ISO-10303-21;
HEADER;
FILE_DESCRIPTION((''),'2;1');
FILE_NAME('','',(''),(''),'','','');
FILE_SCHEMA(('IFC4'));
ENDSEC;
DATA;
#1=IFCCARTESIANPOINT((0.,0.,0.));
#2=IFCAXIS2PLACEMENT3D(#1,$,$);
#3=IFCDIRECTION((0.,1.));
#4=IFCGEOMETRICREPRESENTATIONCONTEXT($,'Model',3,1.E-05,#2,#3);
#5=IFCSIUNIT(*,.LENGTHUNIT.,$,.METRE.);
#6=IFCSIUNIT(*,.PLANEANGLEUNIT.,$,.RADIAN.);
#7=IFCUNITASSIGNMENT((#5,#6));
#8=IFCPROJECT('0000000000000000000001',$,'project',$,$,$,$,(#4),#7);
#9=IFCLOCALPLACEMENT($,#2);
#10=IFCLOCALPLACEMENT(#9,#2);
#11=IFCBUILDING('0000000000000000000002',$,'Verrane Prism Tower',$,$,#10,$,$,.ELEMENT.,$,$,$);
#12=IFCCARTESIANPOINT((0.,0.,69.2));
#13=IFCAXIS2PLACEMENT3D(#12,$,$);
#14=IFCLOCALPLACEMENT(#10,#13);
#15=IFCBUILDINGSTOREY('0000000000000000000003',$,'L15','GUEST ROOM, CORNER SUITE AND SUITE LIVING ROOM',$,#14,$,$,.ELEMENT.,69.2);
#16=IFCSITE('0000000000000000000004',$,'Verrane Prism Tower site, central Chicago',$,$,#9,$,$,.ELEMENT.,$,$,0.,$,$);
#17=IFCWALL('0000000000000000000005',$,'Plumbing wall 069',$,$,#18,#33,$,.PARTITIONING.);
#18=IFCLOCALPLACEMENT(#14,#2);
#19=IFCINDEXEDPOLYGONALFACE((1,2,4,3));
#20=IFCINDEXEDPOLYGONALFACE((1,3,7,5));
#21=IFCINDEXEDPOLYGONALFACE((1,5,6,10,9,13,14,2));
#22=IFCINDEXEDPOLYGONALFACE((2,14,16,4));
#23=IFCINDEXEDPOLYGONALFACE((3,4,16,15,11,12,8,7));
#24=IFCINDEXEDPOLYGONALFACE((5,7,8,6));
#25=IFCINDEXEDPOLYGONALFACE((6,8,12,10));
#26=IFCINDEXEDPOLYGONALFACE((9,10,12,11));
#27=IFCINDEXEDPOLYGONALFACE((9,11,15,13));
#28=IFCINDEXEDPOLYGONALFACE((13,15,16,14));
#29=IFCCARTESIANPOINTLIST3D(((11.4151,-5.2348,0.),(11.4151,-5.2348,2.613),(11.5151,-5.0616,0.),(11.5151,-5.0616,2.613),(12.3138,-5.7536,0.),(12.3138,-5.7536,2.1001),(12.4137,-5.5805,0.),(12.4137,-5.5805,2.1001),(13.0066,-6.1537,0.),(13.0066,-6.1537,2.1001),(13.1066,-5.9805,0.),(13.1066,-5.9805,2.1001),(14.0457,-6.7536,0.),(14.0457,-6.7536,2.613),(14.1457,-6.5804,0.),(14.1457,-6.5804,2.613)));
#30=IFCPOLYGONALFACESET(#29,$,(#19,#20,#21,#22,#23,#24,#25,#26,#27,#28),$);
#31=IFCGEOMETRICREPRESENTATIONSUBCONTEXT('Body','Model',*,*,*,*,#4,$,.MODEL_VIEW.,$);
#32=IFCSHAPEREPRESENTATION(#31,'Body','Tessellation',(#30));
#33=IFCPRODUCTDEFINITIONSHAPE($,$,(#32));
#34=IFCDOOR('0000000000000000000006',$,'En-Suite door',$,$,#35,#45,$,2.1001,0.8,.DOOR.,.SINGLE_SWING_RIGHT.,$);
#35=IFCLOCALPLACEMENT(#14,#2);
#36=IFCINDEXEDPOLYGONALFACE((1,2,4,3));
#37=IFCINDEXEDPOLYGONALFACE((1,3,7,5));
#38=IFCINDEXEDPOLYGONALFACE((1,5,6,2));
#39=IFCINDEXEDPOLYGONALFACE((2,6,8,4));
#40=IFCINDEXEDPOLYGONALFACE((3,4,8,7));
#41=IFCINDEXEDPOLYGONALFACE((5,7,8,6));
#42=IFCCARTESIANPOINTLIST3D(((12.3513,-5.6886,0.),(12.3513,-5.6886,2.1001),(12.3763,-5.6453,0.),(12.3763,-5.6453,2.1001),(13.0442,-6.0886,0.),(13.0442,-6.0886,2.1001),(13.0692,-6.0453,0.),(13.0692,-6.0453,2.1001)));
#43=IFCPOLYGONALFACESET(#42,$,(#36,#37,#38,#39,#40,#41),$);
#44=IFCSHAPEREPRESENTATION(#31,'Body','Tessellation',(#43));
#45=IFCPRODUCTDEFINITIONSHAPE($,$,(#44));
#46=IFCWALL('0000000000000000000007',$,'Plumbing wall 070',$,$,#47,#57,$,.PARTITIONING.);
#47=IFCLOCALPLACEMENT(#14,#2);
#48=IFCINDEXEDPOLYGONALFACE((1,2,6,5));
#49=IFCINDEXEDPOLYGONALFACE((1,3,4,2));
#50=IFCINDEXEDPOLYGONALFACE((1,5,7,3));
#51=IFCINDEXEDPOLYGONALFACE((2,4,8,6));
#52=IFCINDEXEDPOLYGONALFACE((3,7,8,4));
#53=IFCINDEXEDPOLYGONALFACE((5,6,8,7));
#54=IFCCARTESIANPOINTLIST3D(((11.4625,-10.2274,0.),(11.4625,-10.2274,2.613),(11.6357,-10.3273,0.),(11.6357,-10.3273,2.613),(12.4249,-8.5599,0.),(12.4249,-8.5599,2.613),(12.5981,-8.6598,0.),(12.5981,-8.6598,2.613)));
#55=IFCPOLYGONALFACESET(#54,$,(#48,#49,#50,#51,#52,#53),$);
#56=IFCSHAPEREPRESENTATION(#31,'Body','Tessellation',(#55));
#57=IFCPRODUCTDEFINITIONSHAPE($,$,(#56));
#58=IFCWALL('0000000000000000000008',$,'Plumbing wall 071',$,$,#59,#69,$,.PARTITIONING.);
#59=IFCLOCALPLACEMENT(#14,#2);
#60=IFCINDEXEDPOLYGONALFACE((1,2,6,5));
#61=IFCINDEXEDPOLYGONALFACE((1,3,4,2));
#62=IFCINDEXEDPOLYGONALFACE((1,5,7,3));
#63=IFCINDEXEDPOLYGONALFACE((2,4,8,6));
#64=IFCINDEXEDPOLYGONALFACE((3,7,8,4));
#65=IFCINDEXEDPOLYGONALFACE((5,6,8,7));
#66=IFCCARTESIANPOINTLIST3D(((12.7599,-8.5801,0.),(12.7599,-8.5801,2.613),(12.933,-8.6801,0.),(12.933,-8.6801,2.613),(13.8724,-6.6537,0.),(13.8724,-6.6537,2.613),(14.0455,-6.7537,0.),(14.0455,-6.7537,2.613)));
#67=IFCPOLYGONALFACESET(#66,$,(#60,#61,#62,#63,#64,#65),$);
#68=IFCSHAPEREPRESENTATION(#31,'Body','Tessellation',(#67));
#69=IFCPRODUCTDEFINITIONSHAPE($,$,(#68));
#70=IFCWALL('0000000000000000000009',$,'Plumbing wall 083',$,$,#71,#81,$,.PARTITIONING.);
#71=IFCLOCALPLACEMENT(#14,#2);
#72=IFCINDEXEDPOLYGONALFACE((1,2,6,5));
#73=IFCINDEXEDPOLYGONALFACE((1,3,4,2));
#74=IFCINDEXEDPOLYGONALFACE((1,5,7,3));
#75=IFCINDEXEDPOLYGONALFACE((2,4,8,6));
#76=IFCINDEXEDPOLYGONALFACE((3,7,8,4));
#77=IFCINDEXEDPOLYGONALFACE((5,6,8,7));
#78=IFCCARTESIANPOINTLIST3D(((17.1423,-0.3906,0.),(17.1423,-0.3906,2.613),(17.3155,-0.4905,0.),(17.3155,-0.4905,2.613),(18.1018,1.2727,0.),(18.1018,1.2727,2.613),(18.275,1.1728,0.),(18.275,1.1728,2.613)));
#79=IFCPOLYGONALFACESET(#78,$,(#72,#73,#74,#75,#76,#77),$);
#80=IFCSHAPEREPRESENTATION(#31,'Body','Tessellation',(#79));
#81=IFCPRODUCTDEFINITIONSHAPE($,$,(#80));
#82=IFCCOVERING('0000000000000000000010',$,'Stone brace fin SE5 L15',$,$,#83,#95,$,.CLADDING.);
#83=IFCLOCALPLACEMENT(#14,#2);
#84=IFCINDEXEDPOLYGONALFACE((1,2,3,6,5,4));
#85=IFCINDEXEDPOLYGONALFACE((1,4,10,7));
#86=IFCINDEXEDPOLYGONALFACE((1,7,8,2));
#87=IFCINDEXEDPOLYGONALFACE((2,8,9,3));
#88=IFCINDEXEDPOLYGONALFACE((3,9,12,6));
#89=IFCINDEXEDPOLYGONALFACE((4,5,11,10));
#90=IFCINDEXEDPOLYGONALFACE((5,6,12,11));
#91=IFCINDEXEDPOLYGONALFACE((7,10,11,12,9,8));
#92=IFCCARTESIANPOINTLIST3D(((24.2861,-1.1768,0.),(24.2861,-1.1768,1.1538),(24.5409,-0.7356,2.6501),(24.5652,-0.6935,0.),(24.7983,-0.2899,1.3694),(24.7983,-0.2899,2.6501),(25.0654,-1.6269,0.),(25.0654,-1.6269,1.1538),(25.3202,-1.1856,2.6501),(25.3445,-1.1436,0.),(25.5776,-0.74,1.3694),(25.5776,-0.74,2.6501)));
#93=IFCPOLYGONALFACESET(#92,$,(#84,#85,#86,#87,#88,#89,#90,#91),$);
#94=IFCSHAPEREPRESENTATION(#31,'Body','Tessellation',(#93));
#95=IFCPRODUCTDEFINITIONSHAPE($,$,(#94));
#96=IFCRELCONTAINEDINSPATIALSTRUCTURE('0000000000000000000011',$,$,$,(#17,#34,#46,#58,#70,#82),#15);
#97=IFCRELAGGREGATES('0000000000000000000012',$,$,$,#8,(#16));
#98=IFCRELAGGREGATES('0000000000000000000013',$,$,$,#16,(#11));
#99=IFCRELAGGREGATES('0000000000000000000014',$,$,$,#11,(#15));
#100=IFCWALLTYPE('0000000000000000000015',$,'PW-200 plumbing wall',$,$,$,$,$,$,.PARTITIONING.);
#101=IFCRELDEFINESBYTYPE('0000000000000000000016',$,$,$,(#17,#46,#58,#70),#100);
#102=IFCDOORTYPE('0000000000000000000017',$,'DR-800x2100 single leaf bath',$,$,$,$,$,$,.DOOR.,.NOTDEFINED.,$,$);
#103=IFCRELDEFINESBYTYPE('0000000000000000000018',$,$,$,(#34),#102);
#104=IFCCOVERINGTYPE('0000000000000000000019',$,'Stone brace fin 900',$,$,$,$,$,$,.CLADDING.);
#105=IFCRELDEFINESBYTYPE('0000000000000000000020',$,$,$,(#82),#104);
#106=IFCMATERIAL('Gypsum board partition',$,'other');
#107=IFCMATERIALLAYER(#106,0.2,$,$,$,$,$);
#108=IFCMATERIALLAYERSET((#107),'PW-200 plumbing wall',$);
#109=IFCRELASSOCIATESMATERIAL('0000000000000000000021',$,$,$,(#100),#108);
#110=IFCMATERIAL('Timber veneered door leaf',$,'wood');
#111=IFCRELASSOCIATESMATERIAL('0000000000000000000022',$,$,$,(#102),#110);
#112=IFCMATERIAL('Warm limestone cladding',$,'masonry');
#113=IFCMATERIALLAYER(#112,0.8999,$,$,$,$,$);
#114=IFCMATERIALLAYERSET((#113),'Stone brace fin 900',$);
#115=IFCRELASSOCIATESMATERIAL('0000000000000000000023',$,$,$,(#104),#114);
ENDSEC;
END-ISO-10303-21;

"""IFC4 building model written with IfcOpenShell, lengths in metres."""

from ifc_helpers import new_model, si_unit, direction, frame, frame_2d, origin, place, context, subcontext, project, spatial, polyline, rectangle, outline, extrude, material, layer, layer_set, type_object, element, fill, save


model = new_model("IFC4")

# Units and contexts
model_context = context("Model", 3, precision=1e-05, world=origin(), true_north=direction((0.0, 1.0)))
body_context = subcontext(model_context, "Body", "Model", "MODEL_VIEW")
ifc_project = project(units=[si_unit("LENGTHUNIT", "METRE"), si_unit("PLANEANGLEUNIT", "RADIAN")], contexts=[model_context])

# Site, building, storey
site_placement = place(None, origin())
site = spatial("IfcSite", under=ifc_project, at=site_placement, Name="Verrane Prism Tower site, central Chicago", CompositionType="ELEMENT", RefElevation=0.0)
building_placement = place(site_placement, origin())
building = spatial("IfcBuilding", under=site, at=building_placement, Name="Verrane Prism Tower", CompositionType="ELEMENT")
storey_placement = place(building_placement, frame((0.0, 0.0, 69.2)))
storey = spatial("IfcBuildingStorey", under=building, at=storey_placement, Name="L15", Description="GUEST ROOM, CORNER SUITE AND SUITE LIVING ROOM", CompositionType="ELEMENT", Elevation=69.2)

# Wall, opening, door
ifc_material_1 = material(Name="Gypsum board partition", Category="other")
ifc_layer_1 = layer(ifc_material_1, 0.2)
ifc_layer_set_1 = layer_set([ifc_layer_1], Name="PW-200 plumbing wall")
wall_type_1 = type_object("IfcWallType", Name="PW-200 plumbing wall", PredefinedType="PARTITIONING", material=ifc_layer_set_1)
ifc_material_2 = material(Name="Timber veneered door leaf", Category="wood")
door_type = type_object("IfcDoorType", Name="DR-800x2100 single leaf bath", OperationType="NOTDEFINED", PredefinedType="DOOR", material=ifc_material_2)
wall_1_placement = place(storey_placement, frame((14.0957, -6.667, 0.0), z_axis=(0.0, 0.0, 1.0), x_axis=(-0.866024, 0.500003, 0.0)))
wall_1 = element("IfcWall", 1, at=wall_1_placement, inside=storey, type_object=wall_type_1, Name="Plumbing wall 069", PredefinedType="PARTITIONING", context=body_context, shape_type="SweptSolid", body=[
    extrude(rectangle(XDim=3.0376, YDim=0.2, at=frame_2d((1.5188, 0.0))), origin(), (0.0, 0.0, 1.0), 2.613),
])
opening_1_placement = place(wall_1_placement, frame((1.2, 0.0, 0.0)))
opening_1 = element("IfcOpeningElement", 2, at=opening_1_placement, cuts=wall_1, PredefinedType="OPENING", context=body_context, shape_type="SweptSolid", body=[
    extrude(rectangle(XDim=0.8, YDim=2.1001, at=frame_2d((0.3999, 1.05))), frame((0.0, 0.1099, 0.0), z_axis=(0.0, -1.0, 0.0), x_axis=(1.0, 0.0, 0.0)), (0.0, 0.0, 1.0), 0.22),
])
door_1_placement = place(opening_1_placement, origin())
door_1 = element("IfcDoor", 3, at=door_1_placement, inside=storey, type_object=door_type, Name="En-Suite door", OperationType="SINGLE_SWING_RIGHT", OverallHeight=2.1001, OverallWidth=0.8, PredefinedType="DOOR", context=body_context, shape_type="SweptSolid", body=[
    extrude(rectangle(XDim=0.8, YDim=2.1001, at=frame_2d((0.3999, 1.05))), frame((0.0, 0.0249, 0.0), z_axis=(0.0, -1.0, 0.0), x_axis=(1.0, 0.0, 0.0)), (0.0, 0.0, 1.0), 0.05),
])
fill(opening_1, door_1)

# Walls
wall_2_placement = place(storey_placement, frame((11.5491, -10.2773, 0.0), z_axis=(0.0, 0.0, 1.0), x_axis=(0.499876, 0.866097, 0.0)))
element("IfcWall", 4, at=wall_2_placement, inside=storey, type_object=wall_type_1, Name="Plumbing wall 070", PredefinedType="PARTITIONING", context=body_context, shape_type="SweptSolid", body=[
    extrude(rectangle(XDim=1.9253, YDim=0.2, at=frame_2d((0.9626, 0.0))), origin(), (0.0, 0.0, 1.0), 2.613),
])
wall_3_placement = place(storey_placement, frame((12.8464, -8.6301, 0.0), z_axis=(0.0, 0.0, 1.0), x_axis=(0.500093, 0.865972, 0.0)))
element("IfcWall", 5, at=wall_3_placement, inside=storey, type_object=wall_type_1, Name="Plumbing wall 071", PredefinedType="PARTITIONING", context=body_context, shape_type="SweptSolid", body=[
    extrude(rectangle(XDim=2.2246, YDim=0.2, at=frame_2d((1.1123, 0.0))), origin(), (0.0, 0.0, 1.0), 2.613),
])
wall_4_placement = place(storey_placement, frame((17.229, -0.4404, 0.0), z_axis=(0.0, 0.0, 1.0), x_axis=(0.499667, 0.866217, 0.0)))
element("IfcWall", 6, at=wall_4_placement, inside=storey, type_object=wall_type_1, Name="Plumbing wall 083", PredefinedType="PARTITIONING", context=body_context, shape_type="SweptSolid", body=[
    extrude(rectangle(XDim=1.9202, YDim=0.2, at=frame_2d((0.96, 0.0))), origin(), (0.0, 0.0, 1.0), 2.613),
])

# Covering
ifc_material_3 = material(Name="Warm limestone cladding", Category="masonry")
ifc_layer_2 = layer(ifc_material_3, 0.8999)
ifc_layer_set_2 = layer_set([ifc_layer_2], Name="Stone brace fin 900")
covering_type = type_object("IfcCoveringType", Name="Stone brace fin 900", PredefinedType="CLADDING", material=ifc_layer_set_2)
covering_placement = place(storey_placement, frame((24.6758, -1.4019, 0.0), z_axis=(0.0, 0.0, 1.0), x_axis=(0.500087, 0.865975, 0.0)))
element("IfcCovering", 7, at=covering_placement, inside=storey, type_object=covering_type, Name="Stone brace fin SE5 L15", PredefinedType="CLADDING", context=body_context, shape_type="SweptSolid", body=[
    extrude(outline(polyline([(1.0242, 2.6501), (0.5095, 2.6501), (0.0, 1.1538), (0.0, 0.0), (0.5581, 0.0), (1.0242, 1.3694), (1.0242, 2.6501)])), frame((0.0, 0.45, 0.0), z_axis=(0.0, -1.0, 0.0), x_axis=(1.0, 0.0, 0.0)), (0.0, 0.0, 1.0), 0.8999),
])

save(model, "model.ifc")
